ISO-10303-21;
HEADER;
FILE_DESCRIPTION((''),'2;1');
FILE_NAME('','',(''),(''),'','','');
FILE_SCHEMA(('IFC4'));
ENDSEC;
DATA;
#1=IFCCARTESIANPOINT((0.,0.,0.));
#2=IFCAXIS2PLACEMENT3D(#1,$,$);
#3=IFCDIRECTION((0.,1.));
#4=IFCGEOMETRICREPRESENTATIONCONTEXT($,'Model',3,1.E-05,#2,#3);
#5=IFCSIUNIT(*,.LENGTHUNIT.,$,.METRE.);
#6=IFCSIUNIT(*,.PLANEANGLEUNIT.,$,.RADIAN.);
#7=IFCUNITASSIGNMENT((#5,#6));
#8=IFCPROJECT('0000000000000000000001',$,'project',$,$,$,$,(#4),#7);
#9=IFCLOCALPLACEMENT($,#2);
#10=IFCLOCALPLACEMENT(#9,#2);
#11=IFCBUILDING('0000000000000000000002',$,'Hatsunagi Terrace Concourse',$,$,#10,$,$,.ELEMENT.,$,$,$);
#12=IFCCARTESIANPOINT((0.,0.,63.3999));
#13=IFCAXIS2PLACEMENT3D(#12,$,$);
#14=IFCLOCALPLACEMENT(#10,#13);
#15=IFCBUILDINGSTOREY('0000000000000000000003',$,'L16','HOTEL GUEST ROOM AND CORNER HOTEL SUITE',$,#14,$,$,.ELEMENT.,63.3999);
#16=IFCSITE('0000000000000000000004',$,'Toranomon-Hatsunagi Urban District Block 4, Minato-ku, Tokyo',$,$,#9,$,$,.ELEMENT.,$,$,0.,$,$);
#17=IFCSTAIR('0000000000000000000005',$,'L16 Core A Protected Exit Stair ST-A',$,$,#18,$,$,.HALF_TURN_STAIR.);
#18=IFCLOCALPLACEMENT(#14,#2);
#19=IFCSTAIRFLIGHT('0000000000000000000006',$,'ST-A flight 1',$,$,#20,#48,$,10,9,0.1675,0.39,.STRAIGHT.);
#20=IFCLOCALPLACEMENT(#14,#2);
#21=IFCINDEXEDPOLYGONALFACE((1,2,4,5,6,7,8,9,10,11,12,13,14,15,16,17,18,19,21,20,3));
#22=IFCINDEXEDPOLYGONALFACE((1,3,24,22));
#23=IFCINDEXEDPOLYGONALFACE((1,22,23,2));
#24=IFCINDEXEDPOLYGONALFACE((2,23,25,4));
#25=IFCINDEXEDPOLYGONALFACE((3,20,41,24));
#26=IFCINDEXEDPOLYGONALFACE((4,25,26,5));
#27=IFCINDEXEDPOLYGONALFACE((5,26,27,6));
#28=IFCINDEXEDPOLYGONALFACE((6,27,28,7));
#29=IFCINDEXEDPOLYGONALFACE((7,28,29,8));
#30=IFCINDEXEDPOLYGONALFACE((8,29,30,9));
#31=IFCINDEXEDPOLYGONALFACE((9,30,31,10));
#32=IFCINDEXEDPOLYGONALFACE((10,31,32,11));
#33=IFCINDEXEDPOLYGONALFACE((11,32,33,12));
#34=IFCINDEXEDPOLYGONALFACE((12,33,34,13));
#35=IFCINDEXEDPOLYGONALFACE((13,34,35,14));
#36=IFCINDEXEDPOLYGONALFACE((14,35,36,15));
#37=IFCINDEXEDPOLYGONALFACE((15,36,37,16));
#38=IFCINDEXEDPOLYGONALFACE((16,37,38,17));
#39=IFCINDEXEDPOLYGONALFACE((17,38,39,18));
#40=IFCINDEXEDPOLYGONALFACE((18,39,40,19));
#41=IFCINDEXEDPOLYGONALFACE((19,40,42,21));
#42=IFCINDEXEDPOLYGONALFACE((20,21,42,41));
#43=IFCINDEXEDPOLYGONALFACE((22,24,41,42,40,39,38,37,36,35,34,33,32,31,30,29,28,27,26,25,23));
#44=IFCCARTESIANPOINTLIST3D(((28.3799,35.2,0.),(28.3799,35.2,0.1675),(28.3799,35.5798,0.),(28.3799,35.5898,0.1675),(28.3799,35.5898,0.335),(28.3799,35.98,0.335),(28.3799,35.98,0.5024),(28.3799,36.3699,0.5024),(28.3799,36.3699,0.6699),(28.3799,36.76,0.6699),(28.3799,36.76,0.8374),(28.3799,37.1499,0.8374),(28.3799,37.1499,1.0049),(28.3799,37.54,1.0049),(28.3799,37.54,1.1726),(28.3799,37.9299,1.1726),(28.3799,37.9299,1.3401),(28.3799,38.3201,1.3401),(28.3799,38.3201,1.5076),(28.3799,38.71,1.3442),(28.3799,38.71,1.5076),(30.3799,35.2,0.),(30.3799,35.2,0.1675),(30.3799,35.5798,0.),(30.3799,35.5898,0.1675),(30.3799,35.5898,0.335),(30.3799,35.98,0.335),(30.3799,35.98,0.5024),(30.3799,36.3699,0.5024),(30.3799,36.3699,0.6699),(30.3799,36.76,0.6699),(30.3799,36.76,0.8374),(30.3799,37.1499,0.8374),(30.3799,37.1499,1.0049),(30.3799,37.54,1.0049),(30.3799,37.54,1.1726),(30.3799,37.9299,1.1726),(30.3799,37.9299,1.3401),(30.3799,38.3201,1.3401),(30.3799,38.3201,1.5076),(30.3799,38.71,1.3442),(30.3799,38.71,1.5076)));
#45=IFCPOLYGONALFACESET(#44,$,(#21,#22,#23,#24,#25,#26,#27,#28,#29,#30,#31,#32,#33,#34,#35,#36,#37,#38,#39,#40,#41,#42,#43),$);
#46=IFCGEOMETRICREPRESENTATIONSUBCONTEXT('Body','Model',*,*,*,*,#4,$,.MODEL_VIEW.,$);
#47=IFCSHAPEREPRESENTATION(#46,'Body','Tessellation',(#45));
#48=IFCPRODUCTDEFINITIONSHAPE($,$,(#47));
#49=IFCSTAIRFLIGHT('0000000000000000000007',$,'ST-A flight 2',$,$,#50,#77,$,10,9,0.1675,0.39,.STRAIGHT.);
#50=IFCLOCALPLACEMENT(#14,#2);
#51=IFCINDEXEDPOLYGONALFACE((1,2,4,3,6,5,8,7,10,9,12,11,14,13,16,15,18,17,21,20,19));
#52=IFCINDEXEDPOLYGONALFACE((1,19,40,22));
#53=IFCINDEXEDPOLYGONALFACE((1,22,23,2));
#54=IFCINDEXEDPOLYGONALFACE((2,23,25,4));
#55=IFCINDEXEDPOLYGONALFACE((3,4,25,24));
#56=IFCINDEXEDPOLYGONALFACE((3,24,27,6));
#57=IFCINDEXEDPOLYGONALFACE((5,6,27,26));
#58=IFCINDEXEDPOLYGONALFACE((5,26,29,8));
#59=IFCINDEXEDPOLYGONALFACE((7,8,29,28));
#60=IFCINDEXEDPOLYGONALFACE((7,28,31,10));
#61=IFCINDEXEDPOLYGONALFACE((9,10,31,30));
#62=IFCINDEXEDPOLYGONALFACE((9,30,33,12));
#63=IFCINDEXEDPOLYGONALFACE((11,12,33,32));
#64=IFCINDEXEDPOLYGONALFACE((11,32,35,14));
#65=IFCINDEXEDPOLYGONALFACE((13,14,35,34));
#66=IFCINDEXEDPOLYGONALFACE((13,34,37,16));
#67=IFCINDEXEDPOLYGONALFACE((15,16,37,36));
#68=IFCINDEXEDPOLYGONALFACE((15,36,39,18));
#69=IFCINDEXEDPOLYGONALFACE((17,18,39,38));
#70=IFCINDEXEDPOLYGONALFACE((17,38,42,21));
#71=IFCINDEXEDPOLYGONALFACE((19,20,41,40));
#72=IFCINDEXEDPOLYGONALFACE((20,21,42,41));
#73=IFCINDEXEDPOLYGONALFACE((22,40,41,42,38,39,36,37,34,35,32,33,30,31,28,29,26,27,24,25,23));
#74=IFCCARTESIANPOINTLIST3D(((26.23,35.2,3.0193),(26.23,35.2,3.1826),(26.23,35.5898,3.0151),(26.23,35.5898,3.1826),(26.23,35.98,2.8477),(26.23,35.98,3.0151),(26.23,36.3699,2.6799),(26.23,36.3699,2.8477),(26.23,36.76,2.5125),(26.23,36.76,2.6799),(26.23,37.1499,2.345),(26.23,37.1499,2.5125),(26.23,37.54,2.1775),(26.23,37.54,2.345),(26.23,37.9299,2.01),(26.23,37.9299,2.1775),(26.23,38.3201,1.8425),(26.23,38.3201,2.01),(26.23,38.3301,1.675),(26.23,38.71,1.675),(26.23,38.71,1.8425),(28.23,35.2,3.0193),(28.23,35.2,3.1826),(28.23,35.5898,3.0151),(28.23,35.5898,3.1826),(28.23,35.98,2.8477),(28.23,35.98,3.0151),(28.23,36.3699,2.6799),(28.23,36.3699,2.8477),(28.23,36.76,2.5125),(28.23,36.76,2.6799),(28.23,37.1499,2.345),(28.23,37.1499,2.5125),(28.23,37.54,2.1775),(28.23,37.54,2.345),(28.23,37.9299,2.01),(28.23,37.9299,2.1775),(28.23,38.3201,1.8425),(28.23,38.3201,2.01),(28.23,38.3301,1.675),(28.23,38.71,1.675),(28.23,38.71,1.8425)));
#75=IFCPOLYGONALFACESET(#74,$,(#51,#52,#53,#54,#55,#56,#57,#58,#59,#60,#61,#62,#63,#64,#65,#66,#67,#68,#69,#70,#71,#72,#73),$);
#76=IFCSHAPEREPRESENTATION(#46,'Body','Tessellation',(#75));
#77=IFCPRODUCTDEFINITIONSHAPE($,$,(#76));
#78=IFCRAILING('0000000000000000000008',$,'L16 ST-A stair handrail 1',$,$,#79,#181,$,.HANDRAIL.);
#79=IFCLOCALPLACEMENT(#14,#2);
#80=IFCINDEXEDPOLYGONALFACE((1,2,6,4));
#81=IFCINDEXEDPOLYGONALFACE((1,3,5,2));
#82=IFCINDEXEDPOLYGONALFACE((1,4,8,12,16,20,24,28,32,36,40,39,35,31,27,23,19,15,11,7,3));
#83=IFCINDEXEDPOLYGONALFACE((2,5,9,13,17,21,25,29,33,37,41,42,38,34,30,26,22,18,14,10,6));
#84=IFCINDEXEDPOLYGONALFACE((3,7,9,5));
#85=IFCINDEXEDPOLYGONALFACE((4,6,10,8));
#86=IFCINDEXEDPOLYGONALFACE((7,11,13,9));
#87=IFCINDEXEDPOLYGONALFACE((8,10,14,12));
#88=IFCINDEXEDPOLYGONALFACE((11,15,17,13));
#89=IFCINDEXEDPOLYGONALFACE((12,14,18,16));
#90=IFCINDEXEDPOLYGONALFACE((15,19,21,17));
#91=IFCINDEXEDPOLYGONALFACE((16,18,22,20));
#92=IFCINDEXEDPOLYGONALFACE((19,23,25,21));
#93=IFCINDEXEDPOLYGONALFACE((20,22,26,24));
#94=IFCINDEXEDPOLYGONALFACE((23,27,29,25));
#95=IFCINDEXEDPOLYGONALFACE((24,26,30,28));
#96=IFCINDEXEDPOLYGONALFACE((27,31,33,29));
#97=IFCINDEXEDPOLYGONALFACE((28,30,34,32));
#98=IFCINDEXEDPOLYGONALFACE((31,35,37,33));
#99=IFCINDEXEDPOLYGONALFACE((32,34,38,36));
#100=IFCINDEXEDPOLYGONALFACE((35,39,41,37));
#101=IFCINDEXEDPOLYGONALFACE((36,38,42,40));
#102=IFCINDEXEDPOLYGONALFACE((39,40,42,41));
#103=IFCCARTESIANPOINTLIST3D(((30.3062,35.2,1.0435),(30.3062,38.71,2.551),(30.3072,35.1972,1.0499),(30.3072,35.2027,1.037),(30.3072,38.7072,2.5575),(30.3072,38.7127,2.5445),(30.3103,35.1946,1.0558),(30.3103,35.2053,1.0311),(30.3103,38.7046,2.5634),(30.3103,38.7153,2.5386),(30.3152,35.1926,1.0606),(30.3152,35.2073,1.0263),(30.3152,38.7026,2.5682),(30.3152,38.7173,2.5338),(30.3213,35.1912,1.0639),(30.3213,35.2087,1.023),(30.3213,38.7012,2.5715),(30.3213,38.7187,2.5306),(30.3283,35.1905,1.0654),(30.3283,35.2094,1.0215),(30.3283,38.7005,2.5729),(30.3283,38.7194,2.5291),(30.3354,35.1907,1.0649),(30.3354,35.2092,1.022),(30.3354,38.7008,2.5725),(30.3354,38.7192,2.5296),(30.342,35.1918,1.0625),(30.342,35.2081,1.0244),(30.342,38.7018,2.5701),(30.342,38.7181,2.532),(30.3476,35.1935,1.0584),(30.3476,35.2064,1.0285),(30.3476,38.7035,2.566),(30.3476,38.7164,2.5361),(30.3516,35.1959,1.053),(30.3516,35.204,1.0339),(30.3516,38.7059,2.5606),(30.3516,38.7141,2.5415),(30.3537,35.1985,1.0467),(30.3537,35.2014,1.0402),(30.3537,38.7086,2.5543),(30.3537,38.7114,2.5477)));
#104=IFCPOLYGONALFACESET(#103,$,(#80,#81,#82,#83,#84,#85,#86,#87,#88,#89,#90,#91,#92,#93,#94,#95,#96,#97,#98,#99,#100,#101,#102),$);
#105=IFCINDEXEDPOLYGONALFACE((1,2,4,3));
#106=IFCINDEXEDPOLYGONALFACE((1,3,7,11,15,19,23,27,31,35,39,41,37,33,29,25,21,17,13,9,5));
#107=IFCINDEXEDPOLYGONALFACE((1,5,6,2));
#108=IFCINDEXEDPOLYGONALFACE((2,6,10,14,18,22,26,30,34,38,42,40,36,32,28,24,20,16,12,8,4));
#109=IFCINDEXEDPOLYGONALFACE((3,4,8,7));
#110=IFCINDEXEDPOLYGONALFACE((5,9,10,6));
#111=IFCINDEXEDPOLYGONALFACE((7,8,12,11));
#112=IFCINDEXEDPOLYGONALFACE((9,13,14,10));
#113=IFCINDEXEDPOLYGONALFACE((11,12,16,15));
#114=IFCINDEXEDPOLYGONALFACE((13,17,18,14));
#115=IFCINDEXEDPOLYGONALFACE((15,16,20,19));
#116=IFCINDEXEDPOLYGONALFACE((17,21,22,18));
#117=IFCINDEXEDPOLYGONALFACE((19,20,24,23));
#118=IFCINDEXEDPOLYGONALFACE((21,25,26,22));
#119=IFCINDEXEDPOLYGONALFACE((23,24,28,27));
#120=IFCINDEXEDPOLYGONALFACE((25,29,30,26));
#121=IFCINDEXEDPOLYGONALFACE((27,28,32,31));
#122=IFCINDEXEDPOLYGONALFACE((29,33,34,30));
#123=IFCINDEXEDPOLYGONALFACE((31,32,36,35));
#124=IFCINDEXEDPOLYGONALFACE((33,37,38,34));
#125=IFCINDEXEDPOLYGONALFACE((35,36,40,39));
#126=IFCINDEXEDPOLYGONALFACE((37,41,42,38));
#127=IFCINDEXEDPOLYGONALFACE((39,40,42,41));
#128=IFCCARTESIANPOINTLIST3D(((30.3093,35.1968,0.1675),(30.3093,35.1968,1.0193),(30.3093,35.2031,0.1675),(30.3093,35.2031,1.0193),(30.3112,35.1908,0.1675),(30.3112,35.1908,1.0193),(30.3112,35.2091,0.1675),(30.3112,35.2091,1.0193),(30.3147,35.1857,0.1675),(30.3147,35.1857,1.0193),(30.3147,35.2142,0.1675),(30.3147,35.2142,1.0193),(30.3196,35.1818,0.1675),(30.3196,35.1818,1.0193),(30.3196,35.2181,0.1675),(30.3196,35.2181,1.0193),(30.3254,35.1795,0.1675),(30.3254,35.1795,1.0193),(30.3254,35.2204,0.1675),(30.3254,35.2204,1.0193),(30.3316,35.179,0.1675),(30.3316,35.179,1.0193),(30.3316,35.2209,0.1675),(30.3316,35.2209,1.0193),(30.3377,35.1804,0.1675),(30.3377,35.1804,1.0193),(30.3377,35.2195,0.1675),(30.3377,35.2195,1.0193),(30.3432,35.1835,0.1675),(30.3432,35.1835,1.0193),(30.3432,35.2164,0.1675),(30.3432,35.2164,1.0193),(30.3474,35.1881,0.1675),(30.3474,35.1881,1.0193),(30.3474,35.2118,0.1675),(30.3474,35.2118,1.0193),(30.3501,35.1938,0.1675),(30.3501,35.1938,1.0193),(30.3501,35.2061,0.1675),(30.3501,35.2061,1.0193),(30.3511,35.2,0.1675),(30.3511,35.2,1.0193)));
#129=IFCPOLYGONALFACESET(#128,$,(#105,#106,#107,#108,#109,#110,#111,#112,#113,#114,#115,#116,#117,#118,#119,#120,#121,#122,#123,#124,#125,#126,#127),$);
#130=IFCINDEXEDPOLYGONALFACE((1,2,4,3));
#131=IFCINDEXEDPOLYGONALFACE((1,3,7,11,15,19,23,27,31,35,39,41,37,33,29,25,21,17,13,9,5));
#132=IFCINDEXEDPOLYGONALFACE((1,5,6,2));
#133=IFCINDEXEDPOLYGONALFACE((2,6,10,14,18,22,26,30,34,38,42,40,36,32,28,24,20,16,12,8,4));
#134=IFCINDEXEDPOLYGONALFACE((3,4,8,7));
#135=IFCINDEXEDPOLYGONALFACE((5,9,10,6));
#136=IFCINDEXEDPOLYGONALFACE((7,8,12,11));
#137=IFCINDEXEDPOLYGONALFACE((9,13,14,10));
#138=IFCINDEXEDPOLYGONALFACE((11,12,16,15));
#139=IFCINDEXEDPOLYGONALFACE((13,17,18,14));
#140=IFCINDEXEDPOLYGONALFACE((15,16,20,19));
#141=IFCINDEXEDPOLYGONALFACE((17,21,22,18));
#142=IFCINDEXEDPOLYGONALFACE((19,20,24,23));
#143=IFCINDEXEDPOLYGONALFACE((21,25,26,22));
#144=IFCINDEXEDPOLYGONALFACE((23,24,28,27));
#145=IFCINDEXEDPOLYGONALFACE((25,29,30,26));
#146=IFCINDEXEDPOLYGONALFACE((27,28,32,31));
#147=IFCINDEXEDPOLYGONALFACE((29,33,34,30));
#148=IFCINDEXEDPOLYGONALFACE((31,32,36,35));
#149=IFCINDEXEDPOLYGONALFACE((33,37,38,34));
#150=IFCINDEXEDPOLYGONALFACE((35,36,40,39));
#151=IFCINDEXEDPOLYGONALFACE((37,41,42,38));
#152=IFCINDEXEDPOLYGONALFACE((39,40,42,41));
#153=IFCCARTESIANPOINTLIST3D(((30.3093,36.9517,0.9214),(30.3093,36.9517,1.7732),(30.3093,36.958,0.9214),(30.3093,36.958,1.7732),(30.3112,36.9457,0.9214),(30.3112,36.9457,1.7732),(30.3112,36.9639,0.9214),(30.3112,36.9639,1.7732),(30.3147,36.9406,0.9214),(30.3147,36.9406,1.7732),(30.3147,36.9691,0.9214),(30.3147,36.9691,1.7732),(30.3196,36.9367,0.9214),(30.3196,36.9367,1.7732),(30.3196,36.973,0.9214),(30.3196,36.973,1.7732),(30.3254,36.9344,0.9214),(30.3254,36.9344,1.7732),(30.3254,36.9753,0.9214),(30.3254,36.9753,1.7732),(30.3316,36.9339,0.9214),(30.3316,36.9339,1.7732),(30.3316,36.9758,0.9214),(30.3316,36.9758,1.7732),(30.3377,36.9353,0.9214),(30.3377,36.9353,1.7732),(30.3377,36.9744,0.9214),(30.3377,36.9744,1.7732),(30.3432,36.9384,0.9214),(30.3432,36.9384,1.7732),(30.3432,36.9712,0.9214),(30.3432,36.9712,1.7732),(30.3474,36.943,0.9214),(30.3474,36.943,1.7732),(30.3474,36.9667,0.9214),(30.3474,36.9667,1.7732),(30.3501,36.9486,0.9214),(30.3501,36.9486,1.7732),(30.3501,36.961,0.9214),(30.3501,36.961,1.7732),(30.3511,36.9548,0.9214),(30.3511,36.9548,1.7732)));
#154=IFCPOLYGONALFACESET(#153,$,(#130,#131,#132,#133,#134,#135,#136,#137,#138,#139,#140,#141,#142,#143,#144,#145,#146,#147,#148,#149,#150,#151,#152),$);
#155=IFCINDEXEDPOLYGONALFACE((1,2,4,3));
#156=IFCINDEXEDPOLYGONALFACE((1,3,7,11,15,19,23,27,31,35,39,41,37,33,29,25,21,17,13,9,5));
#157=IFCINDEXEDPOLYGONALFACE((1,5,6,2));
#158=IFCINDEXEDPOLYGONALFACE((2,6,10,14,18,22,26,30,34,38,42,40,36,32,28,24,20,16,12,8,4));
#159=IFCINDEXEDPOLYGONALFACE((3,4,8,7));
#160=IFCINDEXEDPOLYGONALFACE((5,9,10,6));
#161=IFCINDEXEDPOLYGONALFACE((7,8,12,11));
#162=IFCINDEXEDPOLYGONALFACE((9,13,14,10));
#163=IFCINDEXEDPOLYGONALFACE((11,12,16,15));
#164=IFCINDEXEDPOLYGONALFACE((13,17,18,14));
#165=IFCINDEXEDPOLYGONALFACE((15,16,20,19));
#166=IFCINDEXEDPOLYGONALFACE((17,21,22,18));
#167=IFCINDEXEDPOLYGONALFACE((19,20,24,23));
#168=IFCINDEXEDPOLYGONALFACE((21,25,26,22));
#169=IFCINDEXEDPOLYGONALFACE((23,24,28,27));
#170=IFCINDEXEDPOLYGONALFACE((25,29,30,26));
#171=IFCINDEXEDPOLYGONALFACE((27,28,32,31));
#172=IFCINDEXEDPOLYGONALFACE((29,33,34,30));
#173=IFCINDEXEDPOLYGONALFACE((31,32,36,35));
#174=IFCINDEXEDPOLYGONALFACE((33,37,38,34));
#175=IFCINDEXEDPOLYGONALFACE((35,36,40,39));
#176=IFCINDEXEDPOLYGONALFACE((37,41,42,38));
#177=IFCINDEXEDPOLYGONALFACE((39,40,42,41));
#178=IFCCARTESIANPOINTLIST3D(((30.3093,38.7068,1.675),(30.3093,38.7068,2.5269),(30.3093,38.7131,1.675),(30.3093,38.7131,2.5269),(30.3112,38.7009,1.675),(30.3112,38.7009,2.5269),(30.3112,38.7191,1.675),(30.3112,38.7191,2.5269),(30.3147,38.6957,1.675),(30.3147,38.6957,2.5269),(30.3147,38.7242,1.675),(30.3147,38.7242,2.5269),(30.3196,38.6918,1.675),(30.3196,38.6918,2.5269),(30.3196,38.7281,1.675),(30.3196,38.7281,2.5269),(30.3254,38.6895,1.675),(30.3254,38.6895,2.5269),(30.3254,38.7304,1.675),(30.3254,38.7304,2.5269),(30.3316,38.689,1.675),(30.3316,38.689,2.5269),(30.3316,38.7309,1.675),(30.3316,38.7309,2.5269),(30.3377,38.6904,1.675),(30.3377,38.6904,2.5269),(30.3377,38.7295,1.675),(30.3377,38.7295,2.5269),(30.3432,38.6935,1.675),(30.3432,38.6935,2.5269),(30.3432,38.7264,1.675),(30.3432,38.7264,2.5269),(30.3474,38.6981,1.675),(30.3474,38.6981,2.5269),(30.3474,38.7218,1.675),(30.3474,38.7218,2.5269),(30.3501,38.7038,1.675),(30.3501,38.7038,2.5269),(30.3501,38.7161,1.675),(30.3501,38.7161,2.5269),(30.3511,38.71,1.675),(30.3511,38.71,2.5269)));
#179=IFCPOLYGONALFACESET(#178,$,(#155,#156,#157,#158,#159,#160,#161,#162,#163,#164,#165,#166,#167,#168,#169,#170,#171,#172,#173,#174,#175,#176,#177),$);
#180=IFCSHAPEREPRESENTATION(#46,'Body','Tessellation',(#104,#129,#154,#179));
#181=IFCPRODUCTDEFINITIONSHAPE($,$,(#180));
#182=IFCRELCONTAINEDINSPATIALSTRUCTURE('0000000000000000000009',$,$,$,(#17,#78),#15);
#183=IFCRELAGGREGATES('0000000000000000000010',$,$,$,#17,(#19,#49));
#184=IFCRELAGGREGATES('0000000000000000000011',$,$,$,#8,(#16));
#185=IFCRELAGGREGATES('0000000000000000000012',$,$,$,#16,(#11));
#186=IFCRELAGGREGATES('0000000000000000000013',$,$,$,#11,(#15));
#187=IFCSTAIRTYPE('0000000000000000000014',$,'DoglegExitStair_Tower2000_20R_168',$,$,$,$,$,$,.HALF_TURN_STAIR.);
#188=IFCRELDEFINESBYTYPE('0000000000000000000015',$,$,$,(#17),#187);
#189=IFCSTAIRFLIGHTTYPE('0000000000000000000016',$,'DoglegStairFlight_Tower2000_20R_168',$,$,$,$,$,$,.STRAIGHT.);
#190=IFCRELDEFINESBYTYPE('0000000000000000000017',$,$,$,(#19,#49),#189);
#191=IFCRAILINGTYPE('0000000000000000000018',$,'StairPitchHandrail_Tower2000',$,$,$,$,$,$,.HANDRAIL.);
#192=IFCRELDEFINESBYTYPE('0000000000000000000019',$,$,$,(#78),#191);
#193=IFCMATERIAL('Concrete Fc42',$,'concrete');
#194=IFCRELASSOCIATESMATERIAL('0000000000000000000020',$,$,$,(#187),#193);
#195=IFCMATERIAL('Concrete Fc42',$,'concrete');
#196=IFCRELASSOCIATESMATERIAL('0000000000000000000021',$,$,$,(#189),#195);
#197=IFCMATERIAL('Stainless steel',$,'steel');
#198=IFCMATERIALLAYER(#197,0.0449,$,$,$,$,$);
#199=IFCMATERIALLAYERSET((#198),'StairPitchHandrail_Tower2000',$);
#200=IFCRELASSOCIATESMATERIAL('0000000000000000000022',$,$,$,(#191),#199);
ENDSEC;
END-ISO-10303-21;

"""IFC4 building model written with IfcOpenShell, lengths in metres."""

from ifc_helpers import new_model, si_unit, direction, frame, origin, origin_2d, place, context, subcontext, project, spatial, polyline, circle, outline, extrude, material, layer, layer_set, type_object, element, aggregate, save


model = new_model("IFC4")

# Units and contexts
model_context = context("Model", 3, precision=1e-05, world=origin(), true_north=direction((0.0, 1.0)))
body_context = subcontext(model_context, "Body", "Model", "MODEL_VIEW")
ifc_project = project(units=[si_unit("LENGTHUNIT", "METRE"), si_unit("PLANEANGLEUNIT", "RADIAN")], contexts=[model_context])

# Site, building, storey
site_placement = place(None, origin())
site = spatial("IfcSite", under=ifc_project, at=site_placement, Name="Toranomon-Hatsunagi Urban District Block 4, Minato-ku, Tokyo", CompositionType="ELEMENT", RefElevation=0.0)
building_placement = place(site_placement, origin())
building = spatial("IfcBuilding", under=site, at=building_placement, Name="Hatsunagi Terrace Concourse", CompositionType="ELEMENT")
storey_placement = place(building_placement, frame((0.0, 0.0, 63.3999)))
storey = spatial("IfcBuildingStorey", under=building, at=storey_placement, Name="L16", Description="HOTEL GUEST ROOM AND CORNER HOTEL SUITE", CompositionType="ELEMENT", Elevation=63.3999)

# Stair, stair flights
ifc_material_1 = material(Name="Concrete Fc42", Category="concrete")
stair_type = type_object("IfcStairType", Name="DoglegExitStair_Tower2000_20R_168", PredefinedType="HALF_TURN_STAIR", material=ifc_material_1)
stair_placement = place(storey_placement, origin())
stair = element("IfcStair", 1, at=stair_placement, inside=storey, type_object=stair_type, Name="L16 Core A Protected Exit Stair ST-A", PredefinedType="HALF_TURN_STAIR")
ifc_material_2 = material(Name="Concrete Fc42", Category="concrete")
stair_flight_type = type_object("IfcStairFlightType", Name="DoglegStairFlight_Tower2000_20R_168", PredefinedType="STRAIGHT", material=ifc_material_2)
stair_flight_1_placement = place(storey_placement, frame((29.3799, 35.2, 0.0), z_axis=(0.0, 0.0, 1.0), x_axis=(0.0, 1.0, 0.0)))
stair_flight_1 = element("IfcStairFlight", 2, at=stair_flight_1_placement, type_object=stair_flight_type, Name="ST-A flight 1", NumberOfRisers=10, NumberOfTreads=9, PredefinedType="STRAIGHT", RiserHeight=0.1675, TreadLength=0.39, context=body_context, shape_type="SweptSolid", body=[
    extrude(outline(polyline([(0.0, 0.0), (0.0, 0.1675), (0.3899, 0.1675), (0.3899, 0.335), (0.78, 0.335), (0.78, 0.5024), (1.1699, 0.5024), (1.1699, 0.6699), (1.5601, 0.6699), (1.5601, 0.8374), (1.95, 0.8374), (1.95, 1.0049), (2.3401, 1.0049), (2.3401, 1.1726), (2.73, 1.1726), (2.73, 1.3401), (3.1201, 1.3401), (3.1201, 1.5076), (3.51, 1.5076), (3.51, 1.675), (3.51, 1.3442), (0.3799, 0.0), (0.0, 0.0)])), frame((0.0, 1.0, 0.0), z_axis=(0.0, -1.0, 0.0), x_axis=(1.0, 0.0, 0.0)), (0.0, 0.0, 1.0), 2.0),
])
stair_flight_2_placement = place(storey_placement, frame((27.23, 38.71, 1.675), z_axis=(0.0, 0.0, 1.0), x_axis=(0.0, -1.0, 0.0)))
stair_flight_2 = element("IfcStairFlight", 3, at=stair_flight_2_placement, type_object=stair_flight_type, Name="ST-A flight 2", NumberOfRisers=10, NumberOfTreads=9, PredefinedType="STRAIGHT", RiserHeight=0.1675, TreadLength=0.39, context=body_context, shape_type="SweptSolid", body=[
    extrude(outline(polyline([(0.0, 0.0), (0.0, 0.1675), (0.3899, 0.1675), (0.3899, 0.335), (0.78, 0.335), (0.78, 0.5024), (1.1699, 0.5024), (1.1699, 0.6699), (1.5601, 0.6699), (1.5601, 0.8374), (1.95, 0.8374), (1.95, 1.0049), (2.3401, 1.0049), (2.3401, 1.1726), (2.73, 1.1726), (2.73, 1.3401), (3.1201, 1.3401), (3.1201, 1.5076), (3.51, 1.5076), (3.51, 1.675), (3.51, 1.3442), (0.3799, 0.0), (0.0, 0.0)])), frame((0.0, 1.0, 0.0), z_axis=(0.0, -1.0, 0.0), x_axis=(1.0, 0.0, 0.0)), (0.0, 0.0, 1.0), 2.0),
])
aggregate(stair, [stair_flight_1, stair_flight_2])

# Railing
ifc_material_3 = material(Name="Stainless steel", Category="steel")
ifc_layer_1 = layer(ifc_material_3, 0.0449)
ifc_layer_set_1 = layer_set([ifc_layer_1], Name="StairPitchHandrail_Tower2000")
railing_type_1 = type_object("IfcRailingType", Name="StairPitchHandrail_Tower2000", PredefinedType="HANDRAIL", material=ifc_layer_set_1)
railing_1_placement = place(storey_placement, frame((30.3301, 35.2, 0.1675)))
element("IfcRailing", 4, at=railing_1_placement, inside=storey, type_object=railing_type_1, Name="L16 ST-A stair handrail 1", PredefinedType="HANDRAIL", context=body_context, shape_type="SweptSolid", body=[
    extrude(circle(Radius=0.0239, at=origin_2d()), frame((0.0, 0.0, 0.876), z_axis=(0.0, 0.918834, 0.394644), x_axis=(-1.0, 0.0, 0.0)), (0.0, 0.0, 1.0), 3.8201),
    extrude(circle(Radius=0.021, at=origin_2d()), origin(), (0.0, 0.0, 1.0), 0.8518),
    extrude(circle(Radius=0.021, at=origin_2d()), frame((0.0, 1.7549, 0.7539)), (0.0, 0.0, 1.0), 0.8518),
    extrude(circle(Radius=0.021, at=origin_2d()), frame((0.0, 3.51, 1.5076)), (0.0, 0.0, 1.0), 0.8518),
])

save(model, "model.ifc")
